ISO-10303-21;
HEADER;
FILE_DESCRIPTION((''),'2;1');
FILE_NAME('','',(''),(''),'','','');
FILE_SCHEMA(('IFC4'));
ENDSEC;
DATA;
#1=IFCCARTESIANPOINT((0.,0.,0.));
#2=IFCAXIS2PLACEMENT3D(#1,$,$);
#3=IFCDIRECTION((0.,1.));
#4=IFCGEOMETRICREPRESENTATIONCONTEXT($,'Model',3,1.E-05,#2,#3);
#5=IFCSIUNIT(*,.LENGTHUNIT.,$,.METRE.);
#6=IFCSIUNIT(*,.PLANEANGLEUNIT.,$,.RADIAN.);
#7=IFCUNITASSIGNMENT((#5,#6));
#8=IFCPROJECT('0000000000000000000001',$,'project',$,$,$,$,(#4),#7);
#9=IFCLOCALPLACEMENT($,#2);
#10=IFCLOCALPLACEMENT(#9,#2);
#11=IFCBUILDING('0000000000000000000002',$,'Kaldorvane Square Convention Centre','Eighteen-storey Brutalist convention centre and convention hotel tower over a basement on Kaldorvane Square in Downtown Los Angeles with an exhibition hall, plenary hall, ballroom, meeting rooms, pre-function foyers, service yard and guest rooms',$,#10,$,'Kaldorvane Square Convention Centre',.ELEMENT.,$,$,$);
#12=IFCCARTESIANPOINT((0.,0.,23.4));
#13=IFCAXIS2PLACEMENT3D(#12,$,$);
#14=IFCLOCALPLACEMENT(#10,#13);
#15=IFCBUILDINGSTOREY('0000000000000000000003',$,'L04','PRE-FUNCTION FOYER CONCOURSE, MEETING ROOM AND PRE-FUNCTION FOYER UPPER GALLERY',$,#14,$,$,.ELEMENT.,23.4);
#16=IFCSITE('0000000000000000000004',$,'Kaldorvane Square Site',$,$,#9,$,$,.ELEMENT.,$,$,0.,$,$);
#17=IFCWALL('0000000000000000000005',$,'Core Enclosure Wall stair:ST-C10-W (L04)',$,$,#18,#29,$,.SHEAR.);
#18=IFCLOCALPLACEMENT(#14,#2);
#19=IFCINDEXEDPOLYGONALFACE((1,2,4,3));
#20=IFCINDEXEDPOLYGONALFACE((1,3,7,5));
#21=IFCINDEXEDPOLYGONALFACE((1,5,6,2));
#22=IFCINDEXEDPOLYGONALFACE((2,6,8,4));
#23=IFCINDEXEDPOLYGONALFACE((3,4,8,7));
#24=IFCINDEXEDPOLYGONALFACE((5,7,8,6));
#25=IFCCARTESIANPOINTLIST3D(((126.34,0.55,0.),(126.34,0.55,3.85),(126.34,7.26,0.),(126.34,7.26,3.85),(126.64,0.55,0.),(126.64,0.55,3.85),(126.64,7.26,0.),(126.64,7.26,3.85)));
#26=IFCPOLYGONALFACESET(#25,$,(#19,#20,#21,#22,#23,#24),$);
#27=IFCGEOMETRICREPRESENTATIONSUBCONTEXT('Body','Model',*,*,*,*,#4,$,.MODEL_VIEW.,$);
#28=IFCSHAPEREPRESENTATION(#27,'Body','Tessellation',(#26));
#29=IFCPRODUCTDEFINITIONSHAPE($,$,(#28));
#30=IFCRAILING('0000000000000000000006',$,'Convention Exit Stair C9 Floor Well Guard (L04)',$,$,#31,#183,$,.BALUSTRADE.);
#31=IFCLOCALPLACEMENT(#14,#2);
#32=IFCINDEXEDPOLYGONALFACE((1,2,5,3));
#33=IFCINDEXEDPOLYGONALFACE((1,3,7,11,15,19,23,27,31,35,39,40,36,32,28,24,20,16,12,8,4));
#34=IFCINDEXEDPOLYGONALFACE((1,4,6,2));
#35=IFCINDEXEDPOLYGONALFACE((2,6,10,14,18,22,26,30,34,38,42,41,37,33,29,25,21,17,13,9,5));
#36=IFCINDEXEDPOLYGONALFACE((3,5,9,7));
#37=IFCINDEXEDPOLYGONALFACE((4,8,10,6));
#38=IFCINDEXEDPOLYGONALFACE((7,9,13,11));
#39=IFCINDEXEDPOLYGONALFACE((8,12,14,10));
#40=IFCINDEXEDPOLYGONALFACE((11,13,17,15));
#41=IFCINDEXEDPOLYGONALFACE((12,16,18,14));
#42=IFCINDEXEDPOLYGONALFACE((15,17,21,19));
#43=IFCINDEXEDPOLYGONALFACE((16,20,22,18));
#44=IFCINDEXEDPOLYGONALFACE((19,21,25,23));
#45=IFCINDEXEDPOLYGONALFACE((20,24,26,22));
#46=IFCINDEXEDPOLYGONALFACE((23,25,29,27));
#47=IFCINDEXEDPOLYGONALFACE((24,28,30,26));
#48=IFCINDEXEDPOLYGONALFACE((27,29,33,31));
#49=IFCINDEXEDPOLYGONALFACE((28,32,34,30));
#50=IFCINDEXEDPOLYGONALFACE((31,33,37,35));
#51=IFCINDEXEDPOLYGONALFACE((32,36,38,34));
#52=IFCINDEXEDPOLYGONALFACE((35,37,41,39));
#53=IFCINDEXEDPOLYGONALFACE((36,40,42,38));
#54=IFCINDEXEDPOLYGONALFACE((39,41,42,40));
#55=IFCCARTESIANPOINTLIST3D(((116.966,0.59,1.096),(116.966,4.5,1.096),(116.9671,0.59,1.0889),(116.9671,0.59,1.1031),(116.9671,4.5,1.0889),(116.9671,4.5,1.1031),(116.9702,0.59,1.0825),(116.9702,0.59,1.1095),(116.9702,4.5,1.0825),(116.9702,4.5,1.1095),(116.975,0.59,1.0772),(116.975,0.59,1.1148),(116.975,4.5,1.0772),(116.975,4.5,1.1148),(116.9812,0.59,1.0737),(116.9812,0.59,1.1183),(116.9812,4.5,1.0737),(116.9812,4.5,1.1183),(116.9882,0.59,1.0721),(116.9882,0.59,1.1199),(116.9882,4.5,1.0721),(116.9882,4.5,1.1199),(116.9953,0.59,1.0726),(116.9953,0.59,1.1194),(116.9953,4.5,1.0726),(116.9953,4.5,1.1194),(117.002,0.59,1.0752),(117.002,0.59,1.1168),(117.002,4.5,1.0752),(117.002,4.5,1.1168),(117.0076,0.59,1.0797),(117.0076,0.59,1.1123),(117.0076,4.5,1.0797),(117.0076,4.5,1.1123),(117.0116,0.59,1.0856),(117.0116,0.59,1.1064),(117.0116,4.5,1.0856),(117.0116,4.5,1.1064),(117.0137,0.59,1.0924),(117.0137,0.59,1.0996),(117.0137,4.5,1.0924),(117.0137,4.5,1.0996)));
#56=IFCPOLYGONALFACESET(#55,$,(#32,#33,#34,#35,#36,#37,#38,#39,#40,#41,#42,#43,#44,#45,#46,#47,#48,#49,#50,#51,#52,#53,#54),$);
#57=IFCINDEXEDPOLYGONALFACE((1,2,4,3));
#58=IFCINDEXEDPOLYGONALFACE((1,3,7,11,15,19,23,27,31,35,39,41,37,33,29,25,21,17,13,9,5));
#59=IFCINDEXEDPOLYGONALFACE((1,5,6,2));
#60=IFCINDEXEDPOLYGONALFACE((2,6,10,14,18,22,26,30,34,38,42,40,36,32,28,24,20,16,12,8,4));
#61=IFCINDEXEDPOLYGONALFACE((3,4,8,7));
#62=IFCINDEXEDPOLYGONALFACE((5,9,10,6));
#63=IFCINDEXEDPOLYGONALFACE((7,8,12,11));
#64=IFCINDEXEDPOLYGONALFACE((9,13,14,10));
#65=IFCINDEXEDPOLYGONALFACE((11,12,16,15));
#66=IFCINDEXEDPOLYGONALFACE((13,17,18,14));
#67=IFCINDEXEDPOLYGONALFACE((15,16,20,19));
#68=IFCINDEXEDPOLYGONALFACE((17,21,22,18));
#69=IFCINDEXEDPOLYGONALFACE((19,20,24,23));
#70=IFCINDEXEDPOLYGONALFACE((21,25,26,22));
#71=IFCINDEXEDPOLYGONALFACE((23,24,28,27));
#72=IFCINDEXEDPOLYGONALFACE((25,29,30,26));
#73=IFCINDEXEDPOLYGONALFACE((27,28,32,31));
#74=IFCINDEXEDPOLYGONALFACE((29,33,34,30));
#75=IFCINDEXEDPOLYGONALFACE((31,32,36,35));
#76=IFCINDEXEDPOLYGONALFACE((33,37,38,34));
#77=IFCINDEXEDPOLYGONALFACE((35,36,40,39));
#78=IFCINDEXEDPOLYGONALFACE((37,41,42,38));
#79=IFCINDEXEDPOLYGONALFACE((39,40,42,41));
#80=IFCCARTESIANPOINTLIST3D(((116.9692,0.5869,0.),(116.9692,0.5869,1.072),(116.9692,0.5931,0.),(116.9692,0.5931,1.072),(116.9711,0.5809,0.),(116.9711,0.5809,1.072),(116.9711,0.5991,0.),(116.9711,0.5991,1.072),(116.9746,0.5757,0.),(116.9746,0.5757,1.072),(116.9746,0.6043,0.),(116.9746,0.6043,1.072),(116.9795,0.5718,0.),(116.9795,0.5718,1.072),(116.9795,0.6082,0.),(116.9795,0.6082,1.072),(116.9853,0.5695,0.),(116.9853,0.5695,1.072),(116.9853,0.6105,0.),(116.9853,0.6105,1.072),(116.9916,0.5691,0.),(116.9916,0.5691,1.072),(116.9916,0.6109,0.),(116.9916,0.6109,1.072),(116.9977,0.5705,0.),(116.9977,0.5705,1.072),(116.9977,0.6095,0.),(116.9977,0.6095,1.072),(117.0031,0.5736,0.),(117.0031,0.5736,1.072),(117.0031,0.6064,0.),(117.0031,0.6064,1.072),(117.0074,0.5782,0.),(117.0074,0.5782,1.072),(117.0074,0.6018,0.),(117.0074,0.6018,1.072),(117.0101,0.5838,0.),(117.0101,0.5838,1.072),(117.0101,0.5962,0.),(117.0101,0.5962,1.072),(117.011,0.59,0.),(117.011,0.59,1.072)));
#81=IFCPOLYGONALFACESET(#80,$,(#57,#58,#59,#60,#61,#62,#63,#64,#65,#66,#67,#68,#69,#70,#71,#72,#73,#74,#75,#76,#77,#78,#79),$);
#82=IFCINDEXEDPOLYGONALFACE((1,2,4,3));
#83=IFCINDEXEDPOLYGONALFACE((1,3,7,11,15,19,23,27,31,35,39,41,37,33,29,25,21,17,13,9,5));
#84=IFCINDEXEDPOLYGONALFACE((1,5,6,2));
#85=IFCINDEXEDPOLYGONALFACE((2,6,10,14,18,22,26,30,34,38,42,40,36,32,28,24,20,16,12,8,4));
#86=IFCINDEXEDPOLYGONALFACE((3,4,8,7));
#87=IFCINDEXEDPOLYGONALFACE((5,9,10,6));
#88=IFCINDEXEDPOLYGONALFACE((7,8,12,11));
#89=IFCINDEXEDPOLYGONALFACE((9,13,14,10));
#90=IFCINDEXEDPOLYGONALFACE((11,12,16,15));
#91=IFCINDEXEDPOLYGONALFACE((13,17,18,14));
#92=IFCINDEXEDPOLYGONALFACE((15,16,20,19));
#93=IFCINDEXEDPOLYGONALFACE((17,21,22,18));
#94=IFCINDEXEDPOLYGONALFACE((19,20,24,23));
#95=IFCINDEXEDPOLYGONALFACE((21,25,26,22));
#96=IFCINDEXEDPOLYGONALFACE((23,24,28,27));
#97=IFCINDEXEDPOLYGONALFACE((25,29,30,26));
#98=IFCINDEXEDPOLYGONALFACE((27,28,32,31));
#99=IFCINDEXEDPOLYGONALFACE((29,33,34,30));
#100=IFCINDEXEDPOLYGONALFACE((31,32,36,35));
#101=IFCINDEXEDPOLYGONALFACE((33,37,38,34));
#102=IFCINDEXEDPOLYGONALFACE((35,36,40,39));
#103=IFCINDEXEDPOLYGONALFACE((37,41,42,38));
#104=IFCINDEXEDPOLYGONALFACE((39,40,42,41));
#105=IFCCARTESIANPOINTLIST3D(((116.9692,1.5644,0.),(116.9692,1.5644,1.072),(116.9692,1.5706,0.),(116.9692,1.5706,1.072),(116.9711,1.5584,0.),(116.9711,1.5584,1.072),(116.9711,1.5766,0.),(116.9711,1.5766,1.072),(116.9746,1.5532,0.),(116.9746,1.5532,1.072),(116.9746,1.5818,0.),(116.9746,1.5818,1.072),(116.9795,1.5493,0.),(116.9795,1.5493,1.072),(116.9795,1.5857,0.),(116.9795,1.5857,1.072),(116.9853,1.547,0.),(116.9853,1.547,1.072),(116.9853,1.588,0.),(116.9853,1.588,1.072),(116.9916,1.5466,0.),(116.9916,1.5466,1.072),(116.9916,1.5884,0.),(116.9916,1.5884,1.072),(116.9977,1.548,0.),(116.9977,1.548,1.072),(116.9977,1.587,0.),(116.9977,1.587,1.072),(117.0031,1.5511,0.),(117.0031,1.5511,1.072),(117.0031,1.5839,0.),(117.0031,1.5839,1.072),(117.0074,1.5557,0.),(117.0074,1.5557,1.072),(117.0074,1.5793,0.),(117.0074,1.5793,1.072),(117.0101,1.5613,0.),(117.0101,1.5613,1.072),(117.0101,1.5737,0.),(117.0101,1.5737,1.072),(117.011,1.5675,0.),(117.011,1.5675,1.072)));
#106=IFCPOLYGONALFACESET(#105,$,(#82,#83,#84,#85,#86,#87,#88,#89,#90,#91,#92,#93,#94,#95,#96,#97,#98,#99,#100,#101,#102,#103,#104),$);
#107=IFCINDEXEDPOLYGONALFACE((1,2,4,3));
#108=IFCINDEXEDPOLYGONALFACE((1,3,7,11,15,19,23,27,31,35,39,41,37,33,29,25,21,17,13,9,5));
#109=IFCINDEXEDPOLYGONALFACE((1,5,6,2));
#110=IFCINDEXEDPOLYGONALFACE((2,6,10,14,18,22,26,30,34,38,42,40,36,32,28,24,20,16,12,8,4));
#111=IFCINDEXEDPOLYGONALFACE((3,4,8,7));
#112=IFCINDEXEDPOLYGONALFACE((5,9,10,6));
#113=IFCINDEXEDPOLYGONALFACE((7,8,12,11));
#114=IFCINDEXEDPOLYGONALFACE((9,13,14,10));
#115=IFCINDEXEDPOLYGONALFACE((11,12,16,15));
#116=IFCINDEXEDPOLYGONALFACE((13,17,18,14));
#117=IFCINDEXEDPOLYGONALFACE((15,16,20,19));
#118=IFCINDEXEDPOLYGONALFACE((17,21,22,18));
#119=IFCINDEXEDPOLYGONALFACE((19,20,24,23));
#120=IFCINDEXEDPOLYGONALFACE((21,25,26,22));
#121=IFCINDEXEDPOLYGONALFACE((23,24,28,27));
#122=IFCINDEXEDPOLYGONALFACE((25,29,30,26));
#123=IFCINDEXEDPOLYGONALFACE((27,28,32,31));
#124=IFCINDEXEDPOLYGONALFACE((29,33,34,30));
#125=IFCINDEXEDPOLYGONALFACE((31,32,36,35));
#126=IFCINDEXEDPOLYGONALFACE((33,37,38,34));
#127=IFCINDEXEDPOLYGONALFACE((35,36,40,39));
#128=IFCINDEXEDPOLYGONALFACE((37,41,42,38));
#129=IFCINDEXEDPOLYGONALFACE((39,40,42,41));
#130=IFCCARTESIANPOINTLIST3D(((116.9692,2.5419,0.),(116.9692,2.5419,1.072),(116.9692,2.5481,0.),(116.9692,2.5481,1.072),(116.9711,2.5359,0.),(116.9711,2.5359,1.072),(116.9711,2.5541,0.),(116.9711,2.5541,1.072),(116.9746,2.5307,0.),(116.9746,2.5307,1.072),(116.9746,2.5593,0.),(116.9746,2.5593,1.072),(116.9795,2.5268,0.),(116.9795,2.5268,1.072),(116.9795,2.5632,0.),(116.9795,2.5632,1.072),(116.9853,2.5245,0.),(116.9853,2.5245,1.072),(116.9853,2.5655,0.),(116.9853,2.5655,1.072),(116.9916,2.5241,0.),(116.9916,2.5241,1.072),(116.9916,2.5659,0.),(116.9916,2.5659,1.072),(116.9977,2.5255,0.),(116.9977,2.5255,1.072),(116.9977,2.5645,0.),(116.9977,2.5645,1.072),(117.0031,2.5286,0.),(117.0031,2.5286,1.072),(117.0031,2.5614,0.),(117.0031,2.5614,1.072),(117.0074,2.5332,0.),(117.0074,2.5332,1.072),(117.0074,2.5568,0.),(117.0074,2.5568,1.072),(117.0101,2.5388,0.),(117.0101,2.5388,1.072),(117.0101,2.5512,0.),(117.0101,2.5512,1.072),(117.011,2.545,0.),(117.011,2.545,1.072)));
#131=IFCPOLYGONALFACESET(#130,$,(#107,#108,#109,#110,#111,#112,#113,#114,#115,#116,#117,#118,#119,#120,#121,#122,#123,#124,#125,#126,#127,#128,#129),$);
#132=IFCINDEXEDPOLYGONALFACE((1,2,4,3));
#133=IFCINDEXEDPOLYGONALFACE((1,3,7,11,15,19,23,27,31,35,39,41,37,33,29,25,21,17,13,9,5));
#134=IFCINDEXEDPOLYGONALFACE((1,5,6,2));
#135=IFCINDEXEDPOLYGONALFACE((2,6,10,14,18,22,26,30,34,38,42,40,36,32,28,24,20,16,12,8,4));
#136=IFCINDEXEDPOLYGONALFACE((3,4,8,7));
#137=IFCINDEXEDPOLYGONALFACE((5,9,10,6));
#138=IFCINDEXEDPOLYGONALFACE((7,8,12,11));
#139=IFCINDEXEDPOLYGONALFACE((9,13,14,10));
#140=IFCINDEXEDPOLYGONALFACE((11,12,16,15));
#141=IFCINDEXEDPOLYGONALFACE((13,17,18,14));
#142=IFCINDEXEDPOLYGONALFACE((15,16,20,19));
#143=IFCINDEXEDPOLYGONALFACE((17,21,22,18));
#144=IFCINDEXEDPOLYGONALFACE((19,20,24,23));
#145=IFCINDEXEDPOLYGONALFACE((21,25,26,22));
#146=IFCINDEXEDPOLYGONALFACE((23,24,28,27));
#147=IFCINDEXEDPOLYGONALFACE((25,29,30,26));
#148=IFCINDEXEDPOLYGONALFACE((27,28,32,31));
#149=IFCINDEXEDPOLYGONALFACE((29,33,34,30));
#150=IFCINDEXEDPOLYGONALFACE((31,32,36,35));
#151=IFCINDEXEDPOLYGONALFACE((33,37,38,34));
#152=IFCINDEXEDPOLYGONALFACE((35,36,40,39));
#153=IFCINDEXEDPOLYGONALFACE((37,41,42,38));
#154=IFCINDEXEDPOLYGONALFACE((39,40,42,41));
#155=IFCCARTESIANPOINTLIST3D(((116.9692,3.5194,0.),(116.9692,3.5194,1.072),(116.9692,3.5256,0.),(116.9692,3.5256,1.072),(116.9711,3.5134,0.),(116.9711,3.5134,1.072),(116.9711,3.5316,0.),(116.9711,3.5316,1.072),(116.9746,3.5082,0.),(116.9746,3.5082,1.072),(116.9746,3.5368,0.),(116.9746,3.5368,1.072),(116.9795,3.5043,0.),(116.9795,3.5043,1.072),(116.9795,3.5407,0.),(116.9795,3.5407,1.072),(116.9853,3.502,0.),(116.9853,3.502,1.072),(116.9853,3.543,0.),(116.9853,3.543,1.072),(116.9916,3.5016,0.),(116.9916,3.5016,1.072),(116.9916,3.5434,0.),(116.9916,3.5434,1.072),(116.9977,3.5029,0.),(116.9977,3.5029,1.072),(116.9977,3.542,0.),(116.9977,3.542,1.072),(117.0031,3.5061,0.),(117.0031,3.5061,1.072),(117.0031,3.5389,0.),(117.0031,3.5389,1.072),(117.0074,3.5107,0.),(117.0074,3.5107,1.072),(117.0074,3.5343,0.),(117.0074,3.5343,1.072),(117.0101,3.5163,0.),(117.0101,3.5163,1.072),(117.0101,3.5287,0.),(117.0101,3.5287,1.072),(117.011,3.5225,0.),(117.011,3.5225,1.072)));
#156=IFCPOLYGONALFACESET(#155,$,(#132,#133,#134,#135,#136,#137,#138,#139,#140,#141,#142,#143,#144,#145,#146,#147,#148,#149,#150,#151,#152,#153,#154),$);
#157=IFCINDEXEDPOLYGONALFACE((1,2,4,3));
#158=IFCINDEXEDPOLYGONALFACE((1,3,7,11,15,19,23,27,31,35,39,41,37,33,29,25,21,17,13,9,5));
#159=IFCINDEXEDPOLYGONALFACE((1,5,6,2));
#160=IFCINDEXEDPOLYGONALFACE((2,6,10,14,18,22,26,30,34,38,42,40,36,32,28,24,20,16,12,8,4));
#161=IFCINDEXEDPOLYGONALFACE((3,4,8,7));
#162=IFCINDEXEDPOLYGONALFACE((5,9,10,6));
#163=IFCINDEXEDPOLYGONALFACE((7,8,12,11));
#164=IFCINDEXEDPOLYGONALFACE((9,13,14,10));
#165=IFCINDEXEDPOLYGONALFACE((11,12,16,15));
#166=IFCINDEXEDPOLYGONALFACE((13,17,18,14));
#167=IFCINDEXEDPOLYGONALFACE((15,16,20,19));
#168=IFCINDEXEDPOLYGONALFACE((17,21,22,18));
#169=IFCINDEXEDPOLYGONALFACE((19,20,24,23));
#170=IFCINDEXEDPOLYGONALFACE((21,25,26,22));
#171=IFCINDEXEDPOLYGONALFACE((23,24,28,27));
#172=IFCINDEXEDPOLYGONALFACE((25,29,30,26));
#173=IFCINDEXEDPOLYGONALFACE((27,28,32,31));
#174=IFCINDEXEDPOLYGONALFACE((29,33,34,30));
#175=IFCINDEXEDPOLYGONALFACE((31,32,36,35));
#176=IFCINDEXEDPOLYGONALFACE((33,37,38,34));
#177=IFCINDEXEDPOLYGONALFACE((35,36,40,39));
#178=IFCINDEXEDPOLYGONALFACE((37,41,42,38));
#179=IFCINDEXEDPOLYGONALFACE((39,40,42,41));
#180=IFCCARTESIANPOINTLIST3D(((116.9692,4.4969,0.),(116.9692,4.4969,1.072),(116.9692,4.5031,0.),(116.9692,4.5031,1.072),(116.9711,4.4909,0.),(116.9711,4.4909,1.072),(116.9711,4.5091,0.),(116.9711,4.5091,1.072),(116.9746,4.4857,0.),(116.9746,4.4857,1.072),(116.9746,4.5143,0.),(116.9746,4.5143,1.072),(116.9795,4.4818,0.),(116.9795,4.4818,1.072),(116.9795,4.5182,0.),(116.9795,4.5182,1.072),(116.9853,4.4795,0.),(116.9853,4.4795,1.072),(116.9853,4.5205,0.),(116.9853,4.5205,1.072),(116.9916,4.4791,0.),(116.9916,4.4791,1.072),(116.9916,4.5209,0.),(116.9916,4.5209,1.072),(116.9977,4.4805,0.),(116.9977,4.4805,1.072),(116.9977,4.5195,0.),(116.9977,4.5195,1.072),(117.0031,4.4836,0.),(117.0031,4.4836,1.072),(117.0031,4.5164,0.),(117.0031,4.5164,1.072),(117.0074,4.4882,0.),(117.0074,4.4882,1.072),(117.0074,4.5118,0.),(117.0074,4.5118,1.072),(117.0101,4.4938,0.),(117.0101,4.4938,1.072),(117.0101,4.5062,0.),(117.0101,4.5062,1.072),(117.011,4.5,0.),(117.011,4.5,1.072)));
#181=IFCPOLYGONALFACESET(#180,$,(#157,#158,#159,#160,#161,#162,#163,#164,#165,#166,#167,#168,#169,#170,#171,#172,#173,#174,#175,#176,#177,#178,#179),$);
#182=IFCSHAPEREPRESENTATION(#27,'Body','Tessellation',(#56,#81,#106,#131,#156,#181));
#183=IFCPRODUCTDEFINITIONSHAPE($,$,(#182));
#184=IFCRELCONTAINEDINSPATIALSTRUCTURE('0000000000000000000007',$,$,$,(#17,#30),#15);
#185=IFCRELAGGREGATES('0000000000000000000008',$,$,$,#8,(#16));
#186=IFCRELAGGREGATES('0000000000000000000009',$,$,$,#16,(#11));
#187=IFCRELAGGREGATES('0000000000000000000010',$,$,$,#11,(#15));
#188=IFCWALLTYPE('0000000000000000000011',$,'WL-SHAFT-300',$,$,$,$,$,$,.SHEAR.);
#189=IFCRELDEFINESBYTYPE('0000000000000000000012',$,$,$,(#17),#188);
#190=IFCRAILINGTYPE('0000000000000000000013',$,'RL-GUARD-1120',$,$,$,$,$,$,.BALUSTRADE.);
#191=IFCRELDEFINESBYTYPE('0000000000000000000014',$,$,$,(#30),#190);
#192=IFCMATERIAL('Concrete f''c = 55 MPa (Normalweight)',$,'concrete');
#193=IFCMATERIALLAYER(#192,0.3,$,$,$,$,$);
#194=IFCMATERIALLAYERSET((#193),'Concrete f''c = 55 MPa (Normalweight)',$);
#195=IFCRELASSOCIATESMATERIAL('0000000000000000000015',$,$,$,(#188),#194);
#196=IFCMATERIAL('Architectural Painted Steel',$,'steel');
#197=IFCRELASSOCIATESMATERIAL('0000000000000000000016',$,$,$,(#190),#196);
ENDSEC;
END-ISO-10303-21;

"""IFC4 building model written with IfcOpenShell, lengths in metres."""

from ifc_helpers import new_model, si_unit, direction, frame, frame_2d, origin, origin_2d, place, context, subcontext, project, spatial, rectangle, circle, extrude, material, layer, layer_set, type_object, element, save


model = new_model("IFC4")

# Units and contexts
model_context = context("Model", 3, precision=1e-05, world=origin(), true_north=direction((0.0, 1.0)))
body_context = subcontext(model_context, "Body", "Model", "MODEL_VIEW")
ifc_project = project(units=[si_unit("LENGTHUNIT", "METRE"), si_unit("PLANEANGLEUNIT", "RADIAN")], contexts=[model_context])

# Site, building, storey
site_placement = place(None, origin())
site = spatial("IfcSite", under=ifc_project, at=site_placement, Name="Kaldorvane Square Site", CompositionType="ELEMENT", RefElevation=0.0)
building_placement = place(site_placement, origin())
building = spatial("IfcBuilding", under=site, at=building_placement, Name="Kaldorvane Square Convention Centre", Description="Eighteen-storey Brutalist convention centre and convention hotel tower over a basement on Kaldorvane Square in Downtown Los Angeles with an exhibition hall, plenary hall, ballroom, meeting rooms, pre-function foyers, service yard and guest rooms", LongName="Kaldorvane Square Convention Centre", CompositionType="ELEMENT")
storey_placement = place(building_placement, frame((0.0, 0.0, 23.4)))
storey = spatial("IfcBuildingStorey", under=building, at=storey_placement, Name="L04", Description="PRE-FUNCTION FOYER CONCOURSE, MEETING ROOM AND PRE-FUNCTION FOYER UPPER GALLERY", CompositionType="ELEMENT", Elevation=23.4)

# Shared definitions
ifc_material_1 = material(Name="Concrete f'c = 55 MPa (Normalweight)", Category="concrete")

# Shared definitions
ifc_layer_1 = layer(ifc_material_1, 0.3)
ifc_layer_set_1 = layer_set([ifc_layer_1], Name="Concrete f'c = 55 MPa (Normalweight)")
wall_type_1 = type_object("IfcWallType", Name="WL-SHAFT-300", PredefinedType="SHEAR", material=ifc_layer_set_1)

# Wall
for number, where, z_axis, x_axis, name in (
    (1, (126.49, 7.26, 0.0), (0.0, 0.0, 1.0), (0.0, -1.0, 0.0), "Core Enclosure Wall stair:ST-C10-W (L04)"),
):
    element("IfcWall", number, at=place(storey_placement, frame(where, z_axis=z_axis, x_axis=x_axis)), inside=storey, type_object=wall_type_1, Name=name, PredefinedType="SHEAR", context=body_context, shape_type="SweptSolid", body=[
        extrude(rectangle(XDim=6.71, YDim=0.3, at=frame_2d((3.355, 0.0))), origin(), (0.0, 0.0, 1.0), 3.85),
    ])

# Railing
ifc_material_2 = material(Name="Architectural Painted Steel", Category="steel")
railing_type = type_object("IfcRailingType", Name="RL-GUARD-1120", PredefinedType="BALUSTRADE", material=ifc_material_2)
railing_placement = place(storey_placement, frame((116.99, 0.59, 0.0)))
element("IfcRailing", 2, at=railing_placement, inside=storey, type_object=railing_type, Name="Convention Exit Stair C9 Floor Well Guard (L04)", PredefinedType="BALUSTRADE", context=body_context, shape_type="SweptSolid", body=[
    extrude(circle(Radius=0.024, at=origin_2d()), frame((0.0, 0.0, 1.096), z_axis=(0.0, 1.0, 0.0), x_axis=(-1.0, 0.0, 0.0)), (0.0, 0.0, 1.0), 3.91),
    extrude(circle(Radius=0.021, at=origin_2d()), origin(), (0.0, 0.0, 1.0), 1.072),
    extrude(circle(Radius=0.021, at=origin_2d()), frame((0.0, 0.9775, 0.0)), (0.0, 0.0, 1.0), 1.072),
    extrude(circle(Radius=0.021, at=origin_2d()), frame((0.0, 1.955, 0.0)), (0.0, 0.0, 1.0), 1.072),
    extrude(circle(Radius=0.021, at=origin_2d()), frame((0.0, 2.9325, 0.0)), (0.0, 0.0, 1.0), 1.072),
    extrude(circle(Radius=0.021, at=origin_2d()), frame((0.0, 3.91, 0.0)), (0.0, 0.0, 1.0), 1.072),
])

save(model, "model.ifc")
